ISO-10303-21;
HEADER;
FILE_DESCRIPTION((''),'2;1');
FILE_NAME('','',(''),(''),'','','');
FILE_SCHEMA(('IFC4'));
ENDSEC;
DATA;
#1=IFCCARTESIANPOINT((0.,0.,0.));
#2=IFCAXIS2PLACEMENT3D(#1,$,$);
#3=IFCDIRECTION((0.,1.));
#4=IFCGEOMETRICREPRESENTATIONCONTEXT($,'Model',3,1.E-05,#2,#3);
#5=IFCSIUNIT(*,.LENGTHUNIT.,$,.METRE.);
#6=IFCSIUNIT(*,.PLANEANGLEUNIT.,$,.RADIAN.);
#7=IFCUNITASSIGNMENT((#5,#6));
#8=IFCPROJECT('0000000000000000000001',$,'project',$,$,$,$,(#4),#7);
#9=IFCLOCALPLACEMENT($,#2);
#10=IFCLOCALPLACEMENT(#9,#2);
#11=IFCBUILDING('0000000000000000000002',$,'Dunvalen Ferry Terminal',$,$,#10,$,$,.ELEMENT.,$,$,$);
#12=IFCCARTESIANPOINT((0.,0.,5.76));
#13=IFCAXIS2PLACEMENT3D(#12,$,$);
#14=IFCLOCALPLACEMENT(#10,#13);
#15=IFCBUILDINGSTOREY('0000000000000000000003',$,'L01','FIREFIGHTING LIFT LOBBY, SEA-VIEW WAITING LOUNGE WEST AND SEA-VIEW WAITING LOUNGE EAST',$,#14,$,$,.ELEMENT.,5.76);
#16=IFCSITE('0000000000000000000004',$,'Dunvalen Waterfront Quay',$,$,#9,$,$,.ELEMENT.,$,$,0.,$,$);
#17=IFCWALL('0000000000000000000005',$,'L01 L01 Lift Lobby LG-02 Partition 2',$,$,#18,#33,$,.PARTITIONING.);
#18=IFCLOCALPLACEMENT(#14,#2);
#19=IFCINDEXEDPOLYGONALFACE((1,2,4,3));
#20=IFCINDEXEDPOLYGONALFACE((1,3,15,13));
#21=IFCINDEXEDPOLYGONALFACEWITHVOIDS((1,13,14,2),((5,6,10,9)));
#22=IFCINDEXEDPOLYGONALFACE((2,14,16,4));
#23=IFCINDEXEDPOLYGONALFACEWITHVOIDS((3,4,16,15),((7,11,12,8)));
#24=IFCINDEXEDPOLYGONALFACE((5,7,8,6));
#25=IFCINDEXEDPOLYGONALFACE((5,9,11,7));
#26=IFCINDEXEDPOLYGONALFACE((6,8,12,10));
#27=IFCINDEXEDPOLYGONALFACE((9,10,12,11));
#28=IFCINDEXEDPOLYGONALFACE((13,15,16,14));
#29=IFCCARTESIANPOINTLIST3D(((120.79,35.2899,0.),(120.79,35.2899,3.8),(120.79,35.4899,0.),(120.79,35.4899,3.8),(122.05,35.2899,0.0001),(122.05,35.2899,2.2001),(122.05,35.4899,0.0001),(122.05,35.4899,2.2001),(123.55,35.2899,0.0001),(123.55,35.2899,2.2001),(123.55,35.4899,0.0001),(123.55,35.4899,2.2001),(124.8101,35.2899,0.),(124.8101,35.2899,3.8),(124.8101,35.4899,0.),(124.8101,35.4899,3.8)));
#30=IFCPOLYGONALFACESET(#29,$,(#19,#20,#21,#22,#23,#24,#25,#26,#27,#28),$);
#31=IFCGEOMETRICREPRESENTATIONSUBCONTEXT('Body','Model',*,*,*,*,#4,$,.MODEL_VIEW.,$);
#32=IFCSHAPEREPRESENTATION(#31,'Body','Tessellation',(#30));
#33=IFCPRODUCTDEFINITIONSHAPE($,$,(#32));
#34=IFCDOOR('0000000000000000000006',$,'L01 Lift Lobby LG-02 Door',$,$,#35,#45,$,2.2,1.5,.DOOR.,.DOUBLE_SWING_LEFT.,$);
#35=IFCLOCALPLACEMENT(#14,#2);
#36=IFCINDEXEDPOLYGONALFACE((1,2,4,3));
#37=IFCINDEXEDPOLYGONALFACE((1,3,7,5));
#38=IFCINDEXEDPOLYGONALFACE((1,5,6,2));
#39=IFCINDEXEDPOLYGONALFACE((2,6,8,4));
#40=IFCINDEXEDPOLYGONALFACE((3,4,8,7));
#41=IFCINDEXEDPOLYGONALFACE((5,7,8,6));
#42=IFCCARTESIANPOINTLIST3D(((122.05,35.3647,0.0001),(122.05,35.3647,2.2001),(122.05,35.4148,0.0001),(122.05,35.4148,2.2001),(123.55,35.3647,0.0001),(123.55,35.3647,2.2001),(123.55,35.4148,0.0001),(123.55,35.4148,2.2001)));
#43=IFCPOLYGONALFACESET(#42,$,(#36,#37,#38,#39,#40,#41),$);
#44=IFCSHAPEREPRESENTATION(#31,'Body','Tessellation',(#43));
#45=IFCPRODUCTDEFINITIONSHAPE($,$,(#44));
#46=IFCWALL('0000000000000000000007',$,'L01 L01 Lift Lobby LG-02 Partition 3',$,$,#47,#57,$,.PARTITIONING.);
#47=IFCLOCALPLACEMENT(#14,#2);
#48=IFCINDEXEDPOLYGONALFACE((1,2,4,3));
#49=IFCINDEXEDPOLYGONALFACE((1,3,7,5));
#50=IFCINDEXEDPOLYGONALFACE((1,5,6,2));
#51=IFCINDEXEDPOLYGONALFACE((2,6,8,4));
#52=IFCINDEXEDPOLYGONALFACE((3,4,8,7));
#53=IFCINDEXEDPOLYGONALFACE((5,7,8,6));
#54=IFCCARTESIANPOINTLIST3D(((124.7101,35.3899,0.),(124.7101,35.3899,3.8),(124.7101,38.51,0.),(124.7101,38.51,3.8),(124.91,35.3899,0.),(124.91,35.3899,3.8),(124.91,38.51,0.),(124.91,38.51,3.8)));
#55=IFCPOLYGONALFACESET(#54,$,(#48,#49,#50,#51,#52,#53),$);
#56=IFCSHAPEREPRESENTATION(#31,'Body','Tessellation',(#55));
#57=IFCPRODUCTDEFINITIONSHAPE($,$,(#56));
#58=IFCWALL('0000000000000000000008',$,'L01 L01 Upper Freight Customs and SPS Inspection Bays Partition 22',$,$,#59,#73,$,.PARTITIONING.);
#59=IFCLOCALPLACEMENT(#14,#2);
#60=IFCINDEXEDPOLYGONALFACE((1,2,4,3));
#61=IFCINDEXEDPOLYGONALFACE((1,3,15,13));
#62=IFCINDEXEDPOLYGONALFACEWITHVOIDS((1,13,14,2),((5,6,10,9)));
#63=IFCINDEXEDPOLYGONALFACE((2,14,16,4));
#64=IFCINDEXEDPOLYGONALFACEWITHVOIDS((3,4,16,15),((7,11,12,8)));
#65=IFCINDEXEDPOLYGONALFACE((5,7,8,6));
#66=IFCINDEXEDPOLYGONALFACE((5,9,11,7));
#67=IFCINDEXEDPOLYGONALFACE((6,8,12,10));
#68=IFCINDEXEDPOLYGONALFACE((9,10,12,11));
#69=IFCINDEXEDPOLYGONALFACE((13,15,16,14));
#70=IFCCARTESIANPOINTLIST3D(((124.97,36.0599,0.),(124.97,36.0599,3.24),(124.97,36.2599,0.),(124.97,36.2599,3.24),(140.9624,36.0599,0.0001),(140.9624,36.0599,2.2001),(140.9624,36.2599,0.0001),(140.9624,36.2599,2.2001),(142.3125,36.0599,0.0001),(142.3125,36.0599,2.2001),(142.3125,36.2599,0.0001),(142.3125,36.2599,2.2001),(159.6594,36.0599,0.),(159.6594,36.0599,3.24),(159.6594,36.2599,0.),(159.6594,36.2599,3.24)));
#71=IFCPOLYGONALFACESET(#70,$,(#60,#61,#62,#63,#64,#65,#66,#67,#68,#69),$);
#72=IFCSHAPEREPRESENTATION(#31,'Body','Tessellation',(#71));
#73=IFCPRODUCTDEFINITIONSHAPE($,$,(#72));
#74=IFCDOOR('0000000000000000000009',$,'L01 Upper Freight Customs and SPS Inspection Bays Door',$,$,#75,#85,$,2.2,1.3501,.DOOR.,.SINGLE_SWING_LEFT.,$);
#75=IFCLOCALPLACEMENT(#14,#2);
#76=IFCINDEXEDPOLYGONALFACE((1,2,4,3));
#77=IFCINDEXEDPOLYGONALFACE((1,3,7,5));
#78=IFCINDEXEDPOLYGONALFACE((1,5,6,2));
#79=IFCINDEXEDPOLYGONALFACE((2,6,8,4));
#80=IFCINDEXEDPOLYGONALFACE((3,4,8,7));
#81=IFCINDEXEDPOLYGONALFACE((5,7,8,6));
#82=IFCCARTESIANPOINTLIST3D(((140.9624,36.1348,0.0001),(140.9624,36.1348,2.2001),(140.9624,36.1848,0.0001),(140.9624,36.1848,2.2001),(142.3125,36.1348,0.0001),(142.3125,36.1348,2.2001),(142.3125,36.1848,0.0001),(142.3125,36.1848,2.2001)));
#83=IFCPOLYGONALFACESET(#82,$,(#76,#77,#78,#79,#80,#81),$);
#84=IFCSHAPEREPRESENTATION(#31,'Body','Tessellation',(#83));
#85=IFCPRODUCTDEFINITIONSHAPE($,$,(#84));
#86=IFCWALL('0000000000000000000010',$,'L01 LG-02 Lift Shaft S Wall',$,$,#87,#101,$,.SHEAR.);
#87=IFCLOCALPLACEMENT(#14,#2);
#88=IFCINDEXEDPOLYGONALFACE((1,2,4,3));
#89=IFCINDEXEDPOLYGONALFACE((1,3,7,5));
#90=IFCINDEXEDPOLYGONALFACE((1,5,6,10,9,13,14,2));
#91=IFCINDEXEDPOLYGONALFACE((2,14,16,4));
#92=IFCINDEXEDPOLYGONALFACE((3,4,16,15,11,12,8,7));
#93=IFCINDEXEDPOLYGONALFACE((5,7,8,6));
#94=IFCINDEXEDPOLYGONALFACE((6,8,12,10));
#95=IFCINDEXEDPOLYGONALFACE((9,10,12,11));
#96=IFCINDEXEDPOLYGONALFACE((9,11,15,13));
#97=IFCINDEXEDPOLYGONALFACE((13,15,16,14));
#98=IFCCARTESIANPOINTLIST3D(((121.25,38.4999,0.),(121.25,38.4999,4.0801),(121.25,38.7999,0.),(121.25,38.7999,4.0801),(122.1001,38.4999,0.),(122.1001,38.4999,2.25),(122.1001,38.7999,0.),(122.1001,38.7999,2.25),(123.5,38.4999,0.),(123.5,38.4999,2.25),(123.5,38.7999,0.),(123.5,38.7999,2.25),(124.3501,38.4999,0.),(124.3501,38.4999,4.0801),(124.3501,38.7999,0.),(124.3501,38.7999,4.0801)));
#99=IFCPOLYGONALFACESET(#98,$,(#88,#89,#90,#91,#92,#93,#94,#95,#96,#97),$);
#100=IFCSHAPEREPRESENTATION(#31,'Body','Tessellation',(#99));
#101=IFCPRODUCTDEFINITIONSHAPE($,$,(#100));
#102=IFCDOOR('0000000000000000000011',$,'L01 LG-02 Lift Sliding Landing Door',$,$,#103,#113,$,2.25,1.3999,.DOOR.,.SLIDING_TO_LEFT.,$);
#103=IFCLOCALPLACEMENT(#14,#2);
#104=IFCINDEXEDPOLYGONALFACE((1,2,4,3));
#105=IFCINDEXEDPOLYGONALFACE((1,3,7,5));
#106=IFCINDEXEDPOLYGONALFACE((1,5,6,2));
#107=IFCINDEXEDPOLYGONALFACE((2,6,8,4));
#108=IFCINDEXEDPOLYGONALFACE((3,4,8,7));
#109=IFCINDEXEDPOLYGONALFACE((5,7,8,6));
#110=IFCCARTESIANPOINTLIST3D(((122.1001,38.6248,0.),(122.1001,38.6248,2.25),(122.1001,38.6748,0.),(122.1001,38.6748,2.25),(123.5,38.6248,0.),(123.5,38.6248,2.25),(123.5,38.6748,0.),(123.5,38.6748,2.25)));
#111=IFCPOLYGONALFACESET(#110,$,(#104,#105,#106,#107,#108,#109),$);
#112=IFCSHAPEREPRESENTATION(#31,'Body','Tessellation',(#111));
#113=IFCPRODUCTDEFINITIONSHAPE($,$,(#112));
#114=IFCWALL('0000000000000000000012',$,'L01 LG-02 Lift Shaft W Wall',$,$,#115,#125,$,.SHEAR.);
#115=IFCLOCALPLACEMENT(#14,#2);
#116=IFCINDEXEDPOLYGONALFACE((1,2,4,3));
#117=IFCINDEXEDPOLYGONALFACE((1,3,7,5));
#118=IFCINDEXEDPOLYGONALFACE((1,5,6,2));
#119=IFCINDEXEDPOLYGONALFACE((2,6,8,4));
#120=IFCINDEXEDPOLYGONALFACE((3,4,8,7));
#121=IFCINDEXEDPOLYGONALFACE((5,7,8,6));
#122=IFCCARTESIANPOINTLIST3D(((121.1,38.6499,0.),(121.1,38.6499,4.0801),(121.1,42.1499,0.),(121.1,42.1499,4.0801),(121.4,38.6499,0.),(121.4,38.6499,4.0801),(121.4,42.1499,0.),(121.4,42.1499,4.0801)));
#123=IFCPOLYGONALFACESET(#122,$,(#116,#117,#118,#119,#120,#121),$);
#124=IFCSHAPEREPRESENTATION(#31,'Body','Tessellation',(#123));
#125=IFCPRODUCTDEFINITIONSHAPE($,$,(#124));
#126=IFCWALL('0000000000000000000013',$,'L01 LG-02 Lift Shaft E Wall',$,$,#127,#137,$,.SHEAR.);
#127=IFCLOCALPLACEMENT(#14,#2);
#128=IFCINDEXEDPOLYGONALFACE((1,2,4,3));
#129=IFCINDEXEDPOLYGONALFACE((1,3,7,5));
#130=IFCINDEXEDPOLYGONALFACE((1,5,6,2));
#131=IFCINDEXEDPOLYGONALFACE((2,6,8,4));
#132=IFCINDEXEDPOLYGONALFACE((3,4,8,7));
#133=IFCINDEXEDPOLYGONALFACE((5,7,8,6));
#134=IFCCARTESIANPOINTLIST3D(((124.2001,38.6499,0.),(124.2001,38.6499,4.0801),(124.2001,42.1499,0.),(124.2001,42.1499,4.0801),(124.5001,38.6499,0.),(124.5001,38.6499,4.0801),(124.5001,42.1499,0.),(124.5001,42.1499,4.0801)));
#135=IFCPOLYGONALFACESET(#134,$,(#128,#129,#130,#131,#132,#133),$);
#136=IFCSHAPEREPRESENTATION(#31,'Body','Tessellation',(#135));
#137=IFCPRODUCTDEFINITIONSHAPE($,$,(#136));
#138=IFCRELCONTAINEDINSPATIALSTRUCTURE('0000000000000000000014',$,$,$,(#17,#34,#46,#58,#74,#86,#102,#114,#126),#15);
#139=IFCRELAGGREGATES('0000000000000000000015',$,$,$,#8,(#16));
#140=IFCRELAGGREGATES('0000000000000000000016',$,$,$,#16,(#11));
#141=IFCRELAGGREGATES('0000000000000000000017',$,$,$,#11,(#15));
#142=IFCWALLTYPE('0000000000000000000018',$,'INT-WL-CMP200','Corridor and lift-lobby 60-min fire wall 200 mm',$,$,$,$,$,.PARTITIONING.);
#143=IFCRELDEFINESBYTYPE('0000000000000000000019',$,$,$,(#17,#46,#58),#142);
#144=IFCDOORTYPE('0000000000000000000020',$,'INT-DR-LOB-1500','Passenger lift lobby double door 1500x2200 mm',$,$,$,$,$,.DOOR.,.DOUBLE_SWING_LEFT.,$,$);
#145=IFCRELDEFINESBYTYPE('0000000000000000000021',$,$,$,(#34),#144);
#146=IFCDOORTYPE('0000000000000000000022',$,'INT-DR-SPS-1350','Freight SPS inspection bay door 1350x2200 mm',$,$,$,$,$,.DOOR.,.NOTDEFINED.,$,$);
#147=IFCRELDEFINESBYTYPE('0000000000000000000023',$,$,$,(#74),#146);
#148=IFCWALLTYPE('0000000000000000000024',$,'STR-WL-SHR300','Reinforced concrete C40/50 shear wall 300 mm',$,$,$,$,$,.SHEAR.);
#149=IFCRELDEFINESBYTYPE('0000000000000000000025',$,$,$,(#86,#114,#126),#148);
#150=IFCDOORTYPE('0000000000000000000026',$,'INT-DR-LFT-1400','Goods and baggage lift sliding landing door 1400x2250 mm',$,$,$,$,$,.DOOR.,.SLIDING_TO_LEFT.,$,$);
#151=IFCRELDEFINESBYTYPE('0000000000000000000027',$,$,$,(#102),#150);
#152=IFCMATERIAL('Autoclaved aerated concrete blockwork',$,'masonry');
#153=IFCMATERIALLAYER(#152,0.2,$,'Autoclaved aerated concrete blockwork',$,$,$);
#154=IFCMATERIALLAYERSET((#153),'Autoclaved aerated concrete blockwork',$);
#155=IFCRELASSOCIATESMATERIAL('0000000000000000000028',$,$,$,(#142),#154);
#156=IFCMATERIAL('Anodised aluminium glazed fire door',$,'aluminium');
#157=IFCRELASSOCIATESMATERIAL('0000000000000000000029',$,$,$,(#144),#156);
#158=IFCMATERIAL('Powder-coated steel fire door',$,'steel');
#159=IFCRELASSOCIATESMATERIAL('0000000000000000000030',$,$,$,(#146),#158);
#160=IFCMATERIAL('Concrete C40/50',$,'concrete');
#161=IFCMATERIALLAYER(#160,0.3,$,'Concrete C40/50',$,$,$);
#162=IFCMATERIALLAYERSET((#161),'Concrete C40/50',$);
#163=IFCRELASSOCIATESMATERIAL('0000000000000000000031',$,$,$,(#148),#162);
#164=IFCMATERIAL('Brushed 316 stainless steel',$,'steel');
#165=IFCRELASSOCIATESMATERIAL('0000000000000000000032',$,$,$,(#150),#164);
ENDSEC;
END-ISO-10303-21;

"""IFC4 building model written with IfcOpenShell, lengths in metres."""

from ifc_helpers import new_model, si_unit, direction, frame, frame_2d, origin, place, context, subcontext, project, spatial, rectangle, extrude, material, layer, layer_set, type_object, element, fill, save


model = new_model("IFC4")

# Units and contexts
model_context = context("Model", 3, precision=1e-05, world=origin(), true_north=direction((0.0, 1.0)))
body_context = subcontext(model_context, "Body", "Model", "MODEL_VIEW")
ifc_project = project(units=[si_unit("LENGTHUNIT", "METRE"), si_unit("PLANEANGLEUNIT", "RADIAN")], contexts=[model_context])

# Site, building, storey
site_placement = place(None, origin())
site = spatial("IfcSite", under=ifc_project, at=site_placement, Name="Dunvalen Waterfront Quay", CompositionType="ELEMENT", RefElevation=0.0)
building_placement = place(site_placement, origin())
building = spatial("IfcBuilding", under=site, at=building_placement, Name="Dunvalen Ferry Terminal", CompositionType="ELEMENT")
storey_placement = place(building_placement, frame((0.0, 0.0, 5.76)))
storey = spatial("IfcBuildingStorey", under=building, at=storey_placement, Name="L01", Description="FIREFIGHTING LIFT LOBBY, SEA-VIEW WAITING LOUNGE WEST AND SEA-VIEW WAITING LOUNGE EAST", CompositionType="ELEMENT", Elevation=5.76)

# Shared definitions
ifc_material_1 = material(Name="Concrete C40/50", Category="concrete")

# Shared definitions
ifc_material_2 = material(Name="Autoclaved aerated concrete blockwork", Category="masonry")
ifc_layer_1 = layer(ifc_material_2, 0.2, Name="Autoclaved aerated concrete blockwork")
ifc_layer_set_1 = layer_set([ifc_layer_1], Name="Autoclaved aerated concrete blockwork")
wall_type_1 = type_object("IfcWallType", Name="INT-WL-CMP200", Description="Corridor and lift-lobby 60-min fire wall 200 mm", PredefinedType="PARTITIONING", material=ifc_layer_set_1)

# Wall, opening, door
wall_1_placement = place(storey_placement, frame((120.79, 35.3899, 0.0), z_axis=(0.0, 0.0, 1.0), x_axis=(1.0, 0.0, 0.0)))
wall_1 = element("IfcWall", 1, at=wall_1_placement, inside=storey, type_object=wall_type_1, Name="L01 L01 Lift Lobby LG-02 Partition 2", PredefinedType="PARTITIONING", context=body_context, shape_type="SweptSolid", body=[
    extrude(rectangle(XDim=4.02, YDim=0.2, at=frame_2d((2.01, 0.0))), origin(), (0.0, 0.0, 1.0), 3.8),
])
opening_1_placement = place(wall_1_placement, frame((1.26, 0.0, 0.0)))
opening_1 = element("IfcOpeningElement", 2, at=opening_1_placement, cuts=wall_1, PredefinedType="OPENING", context=body_context, shape_type="SweptSolid", body=[
    extrude(rectangle(XDim=1.5, YDim=2.2, at=frame_2d((0.75, 1.1001))), frame((0.0, 0.1099, 0.0), z_axis=(0.0, -1.0, 0.0), x_axis=(1.0, 0.0, 0.0)), (0.0, 0.0, 1.0), 0.22),
])
ifc_material_3 = material(Name="Anodised aluminium glazed fire door", Category="aluminium")
door_type_1 = type_object("IfcDoorType", Name="INT-DR-LOB-1500", Description="Passenger lift lobby double door 1500x2200 mm", OperationType="DOUBLE_SWING_LEFT", PredefinedType="DOOR", material=ifc_material_3)
door_1_placement = place(opening_1_placement, origin())
door_1 = element("IfcDoor", 3, at=door_1_placement, inside=storey, type_object=door_type_1, Name="L01 Lift Lobby LG-02 Door", OperationType="DOUBLE_SWING_LEFT", OverallHeight=2.2, OverallWidth=1.5, PredefinedType="DOOR", context=body_context, shape_type="SweptSolid", body=[
    extrude(rectangle(XDim=1.5, YDim=2.2, at=frame_2d((0.75, 1.1001))), frame((0.0, 0.0249, 0.0), z_axis=(0.0, -1.0, 0.0), x_axis=(1.0, 0.0, 0.0)), (0.0, 0.0, 1.0), 0.05),
])
fill(opening_1, door_1)

# Wall
wall_2_placement = place(storey_placement, frame((124.8101, 35.3899, 0.0), z_axis=(0.0, 0.0, 1.0), x_axis=(0.0, 1.0, 0.0)))
element("IfcWall", 4, at=wall_2_placement, inside=storey, type_object=wall_type_1, Name="L01 L01 Lift Lobby LG-02 Partition 3", PredefinedType="PARTITIONING", context=body_context, shape_type="SweptSolid", body=[
    extrude(rectangle(XDim=3.1201, YDim=0.2, at=frame_2d((1.5601, 0.0))), origin(), (0.0, 0.0, 1.0), 3.8),
])

# Walls, openings, doors
wall_3_placement = place(storey_placement, frame((124.97, 36.1599, 0.0), z_axis=(0.0, 0.0, 1.0), x_axis=(1.0, 0.0, 0.0)))
wall_3 = element("IfcWall", 5, at=wall_3_placement, inside=storey, type_object=wall_type_1, Name="L01 L01 Upper Freight Customs and SPS Inspection Bays Partition 22", PredefinedType="PARTITIONING", context=body_context, shape_type="SweptSolid", body=[
    extrude(rectangle(XDim=34.6895, YDim=0.2, at=frame_2d((17.3447, 0.0))), origin(), (0.0, 0.0, 1.0), 3.24),
])
opening_2_placement = place(wall_3_placement, frame((15.9924, 0.0, 0.0)))
opening_2 = element("IfcOpeningElement", 6, at=opening_2_placement, cuts=wall_3, PredefinedType="OPENING", context=body_context, shape_type="SweptSolid", body=[
    extrude(rectangle(XDim=1.3501, YDim=2.2, at=frame_2d((0.675, 1.1001))), frame((0.0, 0.1099, 0.0), z_axis=(0.0, -1.0, 0.0), x_axis=(1.0, 0.0, 0.0)), (0.0, 0.0, 1.0), 0.22),
])
ifc_material_4 = material(Name="Powder-coated steel fire door", Category="steel")
door_type_2 = type_object("IfcDoorType", Name="INT-DR-SPS-1350", Description="Freight SPS inspection bay door 1350x2200 mm", OperationType="NOTDEFINED", PredefinedType="DOOR", material=ifc_material_4)
door_2_placement = place(opening_2_placement, origin())
door_2 = element("IfcDoor", 7, at=door_2_placement, inside=storey, type_object=door_type_2, Name="L01 Upper Freight Customs and SPS Inspection Bays Door", OperationType="SINGLE_SWING_LEFT", OverallHeight=2.2, OverallWidth=1.3501, PredefinedType="DOOR", context=body_context, shape_type="SweptSolid", body=[
    extrude(rectangle(XDim=1.3501, YDim=2.2, at=frame_2d((0.675, 1.1001))), frame((0.0, 0.0249, 0.0), z_axis=(0.0, -1.0, 0.0), x_axis=(1.0, 0.0, 0.0)), (0.0, 0.0, 1.0), 0.05),
])
fill(opening_2, door_2)
ifc_layer_2 = layer(ifc_material_1, 0.3, Name="Concrete C40/50")
ifc_layer_set_2 = layer_set([ifc_layer_2], Name="Concrete C40/50")
wall_type_2 = type_object("IfcWallType", Name="STR-WL-SHR300", Description="Reinforced concrete C40/50 shear wall 300 mm", PredefinedType="SHEAR", material=ifc_layer_set_2)
wall_4_placement = place(storey_placement, frame((121.25, 38.6499, 0.0), z_axis=(0.0, 0.0, 1.0), x_axis=(1.0, 0.0, 0.0)))
wall_4 = element("IfcWall", 8, at=wall_4_placement, inside=storey, type_object=wall_type_2, Name="L01 LG-02 Lift Shaft S Wall", PredefinedType="SHEAR", context=body_context, shape_type="SweptSolid", body=[
    extrude(rectangle(XDim=3.1001, YDim=0.3, at=frame_2d((1.55, 0.0))), origin(), (0.0, 0.0, 1.0), 4.0801),
])
opening_3_placement = place(wall_4_placement, frame((0.8501, 0.0, 0.0)))
opening_3 = element("IfcOpeningElement", 9, at=opening_3_placement, cuts=wall_4, PredefinedType="OPENING", context=body_context, shape_type="SweptSolid", body=[
    extrude(rectangle(XDim=1.3999, YDim=2.25, at=frame_2d((0.7, 1.125))), frame((0.0, 0.1602, 0.0), z_axis=(0.0, -1.0, 0.0), x_axis=(1.0, 0.0, 0.0)), (0.0, 0.0, 1.0), 0.3201),
])
ifc_material_5 = material(Name="Brushed 316 stainless steel", Category="steel")
door_type_3 = type_object("IfcDoorType", Name="INT-DR-LFT-1400", Description="Goods and baggage lift sliding landing door 1400x2250 mm", OperationType="SLIDING_TO_LEFT", PredefinedType="DOOR", material=ifc_material_5)
door_3_placement = place(opening_3_placement, origin())
door_3 = element("IfcDoor", 10, at=door_3_placement, inside=storey, type_object=door_type_3, Name="L01 LG-02 Lift Sliding Landing Door", OperationType="SLIDING_TO_LEFT", OverallHeight=2.25, OverallWidth=1.3999, PredefinedType="DOOR", context=body_context, shape_type="SweptSolid", body=[
    extrude(rectangle(XDim=1.3999, YDim=2.25, at=frame_2d((0.7, 1.125))), frame((0.0, 0.0249, 0.0), z_axis=(0.0, -1.0, 0.0), x_axis=(1.0, 0.0, 0.0)), (0.0, 0.0, 1.0), 0.05),
])
fill(opening_3, door_3)

# Walls
for number, where, z_axis, x_axis, name in (
    (11, (121.25, 38.6499, 0.0), (0.0, 0.0, 1.0), (0.0, 1.0, 0.0), "L01 LG-02 Lift Shaft W Wall"),
    (12, (124.3501, 38.6499, 0.0), (0.0, 0.0, 1.0), (0.0, 1.0, 0.0), "L01 LG-02 Lift Shaft E Wall"),
):
    element("IfcWall", number, at=place(storey_placement, frame(where, z_axis=z_axis, x_axis=x_axis)), inside=storey, type_object=wall_type_2, Name=name, PredefinedType="SHEAR", context=body_context, shape_type="SweptSolid", body=[
        extrude(rectangle(XDim=3.5, YDim=0.3, at=frame_2d((1.75, 0.0))), origin(), (0.0, 0.0, 1.0), 4.0801),
    ])

save(model, "model.ifc")
